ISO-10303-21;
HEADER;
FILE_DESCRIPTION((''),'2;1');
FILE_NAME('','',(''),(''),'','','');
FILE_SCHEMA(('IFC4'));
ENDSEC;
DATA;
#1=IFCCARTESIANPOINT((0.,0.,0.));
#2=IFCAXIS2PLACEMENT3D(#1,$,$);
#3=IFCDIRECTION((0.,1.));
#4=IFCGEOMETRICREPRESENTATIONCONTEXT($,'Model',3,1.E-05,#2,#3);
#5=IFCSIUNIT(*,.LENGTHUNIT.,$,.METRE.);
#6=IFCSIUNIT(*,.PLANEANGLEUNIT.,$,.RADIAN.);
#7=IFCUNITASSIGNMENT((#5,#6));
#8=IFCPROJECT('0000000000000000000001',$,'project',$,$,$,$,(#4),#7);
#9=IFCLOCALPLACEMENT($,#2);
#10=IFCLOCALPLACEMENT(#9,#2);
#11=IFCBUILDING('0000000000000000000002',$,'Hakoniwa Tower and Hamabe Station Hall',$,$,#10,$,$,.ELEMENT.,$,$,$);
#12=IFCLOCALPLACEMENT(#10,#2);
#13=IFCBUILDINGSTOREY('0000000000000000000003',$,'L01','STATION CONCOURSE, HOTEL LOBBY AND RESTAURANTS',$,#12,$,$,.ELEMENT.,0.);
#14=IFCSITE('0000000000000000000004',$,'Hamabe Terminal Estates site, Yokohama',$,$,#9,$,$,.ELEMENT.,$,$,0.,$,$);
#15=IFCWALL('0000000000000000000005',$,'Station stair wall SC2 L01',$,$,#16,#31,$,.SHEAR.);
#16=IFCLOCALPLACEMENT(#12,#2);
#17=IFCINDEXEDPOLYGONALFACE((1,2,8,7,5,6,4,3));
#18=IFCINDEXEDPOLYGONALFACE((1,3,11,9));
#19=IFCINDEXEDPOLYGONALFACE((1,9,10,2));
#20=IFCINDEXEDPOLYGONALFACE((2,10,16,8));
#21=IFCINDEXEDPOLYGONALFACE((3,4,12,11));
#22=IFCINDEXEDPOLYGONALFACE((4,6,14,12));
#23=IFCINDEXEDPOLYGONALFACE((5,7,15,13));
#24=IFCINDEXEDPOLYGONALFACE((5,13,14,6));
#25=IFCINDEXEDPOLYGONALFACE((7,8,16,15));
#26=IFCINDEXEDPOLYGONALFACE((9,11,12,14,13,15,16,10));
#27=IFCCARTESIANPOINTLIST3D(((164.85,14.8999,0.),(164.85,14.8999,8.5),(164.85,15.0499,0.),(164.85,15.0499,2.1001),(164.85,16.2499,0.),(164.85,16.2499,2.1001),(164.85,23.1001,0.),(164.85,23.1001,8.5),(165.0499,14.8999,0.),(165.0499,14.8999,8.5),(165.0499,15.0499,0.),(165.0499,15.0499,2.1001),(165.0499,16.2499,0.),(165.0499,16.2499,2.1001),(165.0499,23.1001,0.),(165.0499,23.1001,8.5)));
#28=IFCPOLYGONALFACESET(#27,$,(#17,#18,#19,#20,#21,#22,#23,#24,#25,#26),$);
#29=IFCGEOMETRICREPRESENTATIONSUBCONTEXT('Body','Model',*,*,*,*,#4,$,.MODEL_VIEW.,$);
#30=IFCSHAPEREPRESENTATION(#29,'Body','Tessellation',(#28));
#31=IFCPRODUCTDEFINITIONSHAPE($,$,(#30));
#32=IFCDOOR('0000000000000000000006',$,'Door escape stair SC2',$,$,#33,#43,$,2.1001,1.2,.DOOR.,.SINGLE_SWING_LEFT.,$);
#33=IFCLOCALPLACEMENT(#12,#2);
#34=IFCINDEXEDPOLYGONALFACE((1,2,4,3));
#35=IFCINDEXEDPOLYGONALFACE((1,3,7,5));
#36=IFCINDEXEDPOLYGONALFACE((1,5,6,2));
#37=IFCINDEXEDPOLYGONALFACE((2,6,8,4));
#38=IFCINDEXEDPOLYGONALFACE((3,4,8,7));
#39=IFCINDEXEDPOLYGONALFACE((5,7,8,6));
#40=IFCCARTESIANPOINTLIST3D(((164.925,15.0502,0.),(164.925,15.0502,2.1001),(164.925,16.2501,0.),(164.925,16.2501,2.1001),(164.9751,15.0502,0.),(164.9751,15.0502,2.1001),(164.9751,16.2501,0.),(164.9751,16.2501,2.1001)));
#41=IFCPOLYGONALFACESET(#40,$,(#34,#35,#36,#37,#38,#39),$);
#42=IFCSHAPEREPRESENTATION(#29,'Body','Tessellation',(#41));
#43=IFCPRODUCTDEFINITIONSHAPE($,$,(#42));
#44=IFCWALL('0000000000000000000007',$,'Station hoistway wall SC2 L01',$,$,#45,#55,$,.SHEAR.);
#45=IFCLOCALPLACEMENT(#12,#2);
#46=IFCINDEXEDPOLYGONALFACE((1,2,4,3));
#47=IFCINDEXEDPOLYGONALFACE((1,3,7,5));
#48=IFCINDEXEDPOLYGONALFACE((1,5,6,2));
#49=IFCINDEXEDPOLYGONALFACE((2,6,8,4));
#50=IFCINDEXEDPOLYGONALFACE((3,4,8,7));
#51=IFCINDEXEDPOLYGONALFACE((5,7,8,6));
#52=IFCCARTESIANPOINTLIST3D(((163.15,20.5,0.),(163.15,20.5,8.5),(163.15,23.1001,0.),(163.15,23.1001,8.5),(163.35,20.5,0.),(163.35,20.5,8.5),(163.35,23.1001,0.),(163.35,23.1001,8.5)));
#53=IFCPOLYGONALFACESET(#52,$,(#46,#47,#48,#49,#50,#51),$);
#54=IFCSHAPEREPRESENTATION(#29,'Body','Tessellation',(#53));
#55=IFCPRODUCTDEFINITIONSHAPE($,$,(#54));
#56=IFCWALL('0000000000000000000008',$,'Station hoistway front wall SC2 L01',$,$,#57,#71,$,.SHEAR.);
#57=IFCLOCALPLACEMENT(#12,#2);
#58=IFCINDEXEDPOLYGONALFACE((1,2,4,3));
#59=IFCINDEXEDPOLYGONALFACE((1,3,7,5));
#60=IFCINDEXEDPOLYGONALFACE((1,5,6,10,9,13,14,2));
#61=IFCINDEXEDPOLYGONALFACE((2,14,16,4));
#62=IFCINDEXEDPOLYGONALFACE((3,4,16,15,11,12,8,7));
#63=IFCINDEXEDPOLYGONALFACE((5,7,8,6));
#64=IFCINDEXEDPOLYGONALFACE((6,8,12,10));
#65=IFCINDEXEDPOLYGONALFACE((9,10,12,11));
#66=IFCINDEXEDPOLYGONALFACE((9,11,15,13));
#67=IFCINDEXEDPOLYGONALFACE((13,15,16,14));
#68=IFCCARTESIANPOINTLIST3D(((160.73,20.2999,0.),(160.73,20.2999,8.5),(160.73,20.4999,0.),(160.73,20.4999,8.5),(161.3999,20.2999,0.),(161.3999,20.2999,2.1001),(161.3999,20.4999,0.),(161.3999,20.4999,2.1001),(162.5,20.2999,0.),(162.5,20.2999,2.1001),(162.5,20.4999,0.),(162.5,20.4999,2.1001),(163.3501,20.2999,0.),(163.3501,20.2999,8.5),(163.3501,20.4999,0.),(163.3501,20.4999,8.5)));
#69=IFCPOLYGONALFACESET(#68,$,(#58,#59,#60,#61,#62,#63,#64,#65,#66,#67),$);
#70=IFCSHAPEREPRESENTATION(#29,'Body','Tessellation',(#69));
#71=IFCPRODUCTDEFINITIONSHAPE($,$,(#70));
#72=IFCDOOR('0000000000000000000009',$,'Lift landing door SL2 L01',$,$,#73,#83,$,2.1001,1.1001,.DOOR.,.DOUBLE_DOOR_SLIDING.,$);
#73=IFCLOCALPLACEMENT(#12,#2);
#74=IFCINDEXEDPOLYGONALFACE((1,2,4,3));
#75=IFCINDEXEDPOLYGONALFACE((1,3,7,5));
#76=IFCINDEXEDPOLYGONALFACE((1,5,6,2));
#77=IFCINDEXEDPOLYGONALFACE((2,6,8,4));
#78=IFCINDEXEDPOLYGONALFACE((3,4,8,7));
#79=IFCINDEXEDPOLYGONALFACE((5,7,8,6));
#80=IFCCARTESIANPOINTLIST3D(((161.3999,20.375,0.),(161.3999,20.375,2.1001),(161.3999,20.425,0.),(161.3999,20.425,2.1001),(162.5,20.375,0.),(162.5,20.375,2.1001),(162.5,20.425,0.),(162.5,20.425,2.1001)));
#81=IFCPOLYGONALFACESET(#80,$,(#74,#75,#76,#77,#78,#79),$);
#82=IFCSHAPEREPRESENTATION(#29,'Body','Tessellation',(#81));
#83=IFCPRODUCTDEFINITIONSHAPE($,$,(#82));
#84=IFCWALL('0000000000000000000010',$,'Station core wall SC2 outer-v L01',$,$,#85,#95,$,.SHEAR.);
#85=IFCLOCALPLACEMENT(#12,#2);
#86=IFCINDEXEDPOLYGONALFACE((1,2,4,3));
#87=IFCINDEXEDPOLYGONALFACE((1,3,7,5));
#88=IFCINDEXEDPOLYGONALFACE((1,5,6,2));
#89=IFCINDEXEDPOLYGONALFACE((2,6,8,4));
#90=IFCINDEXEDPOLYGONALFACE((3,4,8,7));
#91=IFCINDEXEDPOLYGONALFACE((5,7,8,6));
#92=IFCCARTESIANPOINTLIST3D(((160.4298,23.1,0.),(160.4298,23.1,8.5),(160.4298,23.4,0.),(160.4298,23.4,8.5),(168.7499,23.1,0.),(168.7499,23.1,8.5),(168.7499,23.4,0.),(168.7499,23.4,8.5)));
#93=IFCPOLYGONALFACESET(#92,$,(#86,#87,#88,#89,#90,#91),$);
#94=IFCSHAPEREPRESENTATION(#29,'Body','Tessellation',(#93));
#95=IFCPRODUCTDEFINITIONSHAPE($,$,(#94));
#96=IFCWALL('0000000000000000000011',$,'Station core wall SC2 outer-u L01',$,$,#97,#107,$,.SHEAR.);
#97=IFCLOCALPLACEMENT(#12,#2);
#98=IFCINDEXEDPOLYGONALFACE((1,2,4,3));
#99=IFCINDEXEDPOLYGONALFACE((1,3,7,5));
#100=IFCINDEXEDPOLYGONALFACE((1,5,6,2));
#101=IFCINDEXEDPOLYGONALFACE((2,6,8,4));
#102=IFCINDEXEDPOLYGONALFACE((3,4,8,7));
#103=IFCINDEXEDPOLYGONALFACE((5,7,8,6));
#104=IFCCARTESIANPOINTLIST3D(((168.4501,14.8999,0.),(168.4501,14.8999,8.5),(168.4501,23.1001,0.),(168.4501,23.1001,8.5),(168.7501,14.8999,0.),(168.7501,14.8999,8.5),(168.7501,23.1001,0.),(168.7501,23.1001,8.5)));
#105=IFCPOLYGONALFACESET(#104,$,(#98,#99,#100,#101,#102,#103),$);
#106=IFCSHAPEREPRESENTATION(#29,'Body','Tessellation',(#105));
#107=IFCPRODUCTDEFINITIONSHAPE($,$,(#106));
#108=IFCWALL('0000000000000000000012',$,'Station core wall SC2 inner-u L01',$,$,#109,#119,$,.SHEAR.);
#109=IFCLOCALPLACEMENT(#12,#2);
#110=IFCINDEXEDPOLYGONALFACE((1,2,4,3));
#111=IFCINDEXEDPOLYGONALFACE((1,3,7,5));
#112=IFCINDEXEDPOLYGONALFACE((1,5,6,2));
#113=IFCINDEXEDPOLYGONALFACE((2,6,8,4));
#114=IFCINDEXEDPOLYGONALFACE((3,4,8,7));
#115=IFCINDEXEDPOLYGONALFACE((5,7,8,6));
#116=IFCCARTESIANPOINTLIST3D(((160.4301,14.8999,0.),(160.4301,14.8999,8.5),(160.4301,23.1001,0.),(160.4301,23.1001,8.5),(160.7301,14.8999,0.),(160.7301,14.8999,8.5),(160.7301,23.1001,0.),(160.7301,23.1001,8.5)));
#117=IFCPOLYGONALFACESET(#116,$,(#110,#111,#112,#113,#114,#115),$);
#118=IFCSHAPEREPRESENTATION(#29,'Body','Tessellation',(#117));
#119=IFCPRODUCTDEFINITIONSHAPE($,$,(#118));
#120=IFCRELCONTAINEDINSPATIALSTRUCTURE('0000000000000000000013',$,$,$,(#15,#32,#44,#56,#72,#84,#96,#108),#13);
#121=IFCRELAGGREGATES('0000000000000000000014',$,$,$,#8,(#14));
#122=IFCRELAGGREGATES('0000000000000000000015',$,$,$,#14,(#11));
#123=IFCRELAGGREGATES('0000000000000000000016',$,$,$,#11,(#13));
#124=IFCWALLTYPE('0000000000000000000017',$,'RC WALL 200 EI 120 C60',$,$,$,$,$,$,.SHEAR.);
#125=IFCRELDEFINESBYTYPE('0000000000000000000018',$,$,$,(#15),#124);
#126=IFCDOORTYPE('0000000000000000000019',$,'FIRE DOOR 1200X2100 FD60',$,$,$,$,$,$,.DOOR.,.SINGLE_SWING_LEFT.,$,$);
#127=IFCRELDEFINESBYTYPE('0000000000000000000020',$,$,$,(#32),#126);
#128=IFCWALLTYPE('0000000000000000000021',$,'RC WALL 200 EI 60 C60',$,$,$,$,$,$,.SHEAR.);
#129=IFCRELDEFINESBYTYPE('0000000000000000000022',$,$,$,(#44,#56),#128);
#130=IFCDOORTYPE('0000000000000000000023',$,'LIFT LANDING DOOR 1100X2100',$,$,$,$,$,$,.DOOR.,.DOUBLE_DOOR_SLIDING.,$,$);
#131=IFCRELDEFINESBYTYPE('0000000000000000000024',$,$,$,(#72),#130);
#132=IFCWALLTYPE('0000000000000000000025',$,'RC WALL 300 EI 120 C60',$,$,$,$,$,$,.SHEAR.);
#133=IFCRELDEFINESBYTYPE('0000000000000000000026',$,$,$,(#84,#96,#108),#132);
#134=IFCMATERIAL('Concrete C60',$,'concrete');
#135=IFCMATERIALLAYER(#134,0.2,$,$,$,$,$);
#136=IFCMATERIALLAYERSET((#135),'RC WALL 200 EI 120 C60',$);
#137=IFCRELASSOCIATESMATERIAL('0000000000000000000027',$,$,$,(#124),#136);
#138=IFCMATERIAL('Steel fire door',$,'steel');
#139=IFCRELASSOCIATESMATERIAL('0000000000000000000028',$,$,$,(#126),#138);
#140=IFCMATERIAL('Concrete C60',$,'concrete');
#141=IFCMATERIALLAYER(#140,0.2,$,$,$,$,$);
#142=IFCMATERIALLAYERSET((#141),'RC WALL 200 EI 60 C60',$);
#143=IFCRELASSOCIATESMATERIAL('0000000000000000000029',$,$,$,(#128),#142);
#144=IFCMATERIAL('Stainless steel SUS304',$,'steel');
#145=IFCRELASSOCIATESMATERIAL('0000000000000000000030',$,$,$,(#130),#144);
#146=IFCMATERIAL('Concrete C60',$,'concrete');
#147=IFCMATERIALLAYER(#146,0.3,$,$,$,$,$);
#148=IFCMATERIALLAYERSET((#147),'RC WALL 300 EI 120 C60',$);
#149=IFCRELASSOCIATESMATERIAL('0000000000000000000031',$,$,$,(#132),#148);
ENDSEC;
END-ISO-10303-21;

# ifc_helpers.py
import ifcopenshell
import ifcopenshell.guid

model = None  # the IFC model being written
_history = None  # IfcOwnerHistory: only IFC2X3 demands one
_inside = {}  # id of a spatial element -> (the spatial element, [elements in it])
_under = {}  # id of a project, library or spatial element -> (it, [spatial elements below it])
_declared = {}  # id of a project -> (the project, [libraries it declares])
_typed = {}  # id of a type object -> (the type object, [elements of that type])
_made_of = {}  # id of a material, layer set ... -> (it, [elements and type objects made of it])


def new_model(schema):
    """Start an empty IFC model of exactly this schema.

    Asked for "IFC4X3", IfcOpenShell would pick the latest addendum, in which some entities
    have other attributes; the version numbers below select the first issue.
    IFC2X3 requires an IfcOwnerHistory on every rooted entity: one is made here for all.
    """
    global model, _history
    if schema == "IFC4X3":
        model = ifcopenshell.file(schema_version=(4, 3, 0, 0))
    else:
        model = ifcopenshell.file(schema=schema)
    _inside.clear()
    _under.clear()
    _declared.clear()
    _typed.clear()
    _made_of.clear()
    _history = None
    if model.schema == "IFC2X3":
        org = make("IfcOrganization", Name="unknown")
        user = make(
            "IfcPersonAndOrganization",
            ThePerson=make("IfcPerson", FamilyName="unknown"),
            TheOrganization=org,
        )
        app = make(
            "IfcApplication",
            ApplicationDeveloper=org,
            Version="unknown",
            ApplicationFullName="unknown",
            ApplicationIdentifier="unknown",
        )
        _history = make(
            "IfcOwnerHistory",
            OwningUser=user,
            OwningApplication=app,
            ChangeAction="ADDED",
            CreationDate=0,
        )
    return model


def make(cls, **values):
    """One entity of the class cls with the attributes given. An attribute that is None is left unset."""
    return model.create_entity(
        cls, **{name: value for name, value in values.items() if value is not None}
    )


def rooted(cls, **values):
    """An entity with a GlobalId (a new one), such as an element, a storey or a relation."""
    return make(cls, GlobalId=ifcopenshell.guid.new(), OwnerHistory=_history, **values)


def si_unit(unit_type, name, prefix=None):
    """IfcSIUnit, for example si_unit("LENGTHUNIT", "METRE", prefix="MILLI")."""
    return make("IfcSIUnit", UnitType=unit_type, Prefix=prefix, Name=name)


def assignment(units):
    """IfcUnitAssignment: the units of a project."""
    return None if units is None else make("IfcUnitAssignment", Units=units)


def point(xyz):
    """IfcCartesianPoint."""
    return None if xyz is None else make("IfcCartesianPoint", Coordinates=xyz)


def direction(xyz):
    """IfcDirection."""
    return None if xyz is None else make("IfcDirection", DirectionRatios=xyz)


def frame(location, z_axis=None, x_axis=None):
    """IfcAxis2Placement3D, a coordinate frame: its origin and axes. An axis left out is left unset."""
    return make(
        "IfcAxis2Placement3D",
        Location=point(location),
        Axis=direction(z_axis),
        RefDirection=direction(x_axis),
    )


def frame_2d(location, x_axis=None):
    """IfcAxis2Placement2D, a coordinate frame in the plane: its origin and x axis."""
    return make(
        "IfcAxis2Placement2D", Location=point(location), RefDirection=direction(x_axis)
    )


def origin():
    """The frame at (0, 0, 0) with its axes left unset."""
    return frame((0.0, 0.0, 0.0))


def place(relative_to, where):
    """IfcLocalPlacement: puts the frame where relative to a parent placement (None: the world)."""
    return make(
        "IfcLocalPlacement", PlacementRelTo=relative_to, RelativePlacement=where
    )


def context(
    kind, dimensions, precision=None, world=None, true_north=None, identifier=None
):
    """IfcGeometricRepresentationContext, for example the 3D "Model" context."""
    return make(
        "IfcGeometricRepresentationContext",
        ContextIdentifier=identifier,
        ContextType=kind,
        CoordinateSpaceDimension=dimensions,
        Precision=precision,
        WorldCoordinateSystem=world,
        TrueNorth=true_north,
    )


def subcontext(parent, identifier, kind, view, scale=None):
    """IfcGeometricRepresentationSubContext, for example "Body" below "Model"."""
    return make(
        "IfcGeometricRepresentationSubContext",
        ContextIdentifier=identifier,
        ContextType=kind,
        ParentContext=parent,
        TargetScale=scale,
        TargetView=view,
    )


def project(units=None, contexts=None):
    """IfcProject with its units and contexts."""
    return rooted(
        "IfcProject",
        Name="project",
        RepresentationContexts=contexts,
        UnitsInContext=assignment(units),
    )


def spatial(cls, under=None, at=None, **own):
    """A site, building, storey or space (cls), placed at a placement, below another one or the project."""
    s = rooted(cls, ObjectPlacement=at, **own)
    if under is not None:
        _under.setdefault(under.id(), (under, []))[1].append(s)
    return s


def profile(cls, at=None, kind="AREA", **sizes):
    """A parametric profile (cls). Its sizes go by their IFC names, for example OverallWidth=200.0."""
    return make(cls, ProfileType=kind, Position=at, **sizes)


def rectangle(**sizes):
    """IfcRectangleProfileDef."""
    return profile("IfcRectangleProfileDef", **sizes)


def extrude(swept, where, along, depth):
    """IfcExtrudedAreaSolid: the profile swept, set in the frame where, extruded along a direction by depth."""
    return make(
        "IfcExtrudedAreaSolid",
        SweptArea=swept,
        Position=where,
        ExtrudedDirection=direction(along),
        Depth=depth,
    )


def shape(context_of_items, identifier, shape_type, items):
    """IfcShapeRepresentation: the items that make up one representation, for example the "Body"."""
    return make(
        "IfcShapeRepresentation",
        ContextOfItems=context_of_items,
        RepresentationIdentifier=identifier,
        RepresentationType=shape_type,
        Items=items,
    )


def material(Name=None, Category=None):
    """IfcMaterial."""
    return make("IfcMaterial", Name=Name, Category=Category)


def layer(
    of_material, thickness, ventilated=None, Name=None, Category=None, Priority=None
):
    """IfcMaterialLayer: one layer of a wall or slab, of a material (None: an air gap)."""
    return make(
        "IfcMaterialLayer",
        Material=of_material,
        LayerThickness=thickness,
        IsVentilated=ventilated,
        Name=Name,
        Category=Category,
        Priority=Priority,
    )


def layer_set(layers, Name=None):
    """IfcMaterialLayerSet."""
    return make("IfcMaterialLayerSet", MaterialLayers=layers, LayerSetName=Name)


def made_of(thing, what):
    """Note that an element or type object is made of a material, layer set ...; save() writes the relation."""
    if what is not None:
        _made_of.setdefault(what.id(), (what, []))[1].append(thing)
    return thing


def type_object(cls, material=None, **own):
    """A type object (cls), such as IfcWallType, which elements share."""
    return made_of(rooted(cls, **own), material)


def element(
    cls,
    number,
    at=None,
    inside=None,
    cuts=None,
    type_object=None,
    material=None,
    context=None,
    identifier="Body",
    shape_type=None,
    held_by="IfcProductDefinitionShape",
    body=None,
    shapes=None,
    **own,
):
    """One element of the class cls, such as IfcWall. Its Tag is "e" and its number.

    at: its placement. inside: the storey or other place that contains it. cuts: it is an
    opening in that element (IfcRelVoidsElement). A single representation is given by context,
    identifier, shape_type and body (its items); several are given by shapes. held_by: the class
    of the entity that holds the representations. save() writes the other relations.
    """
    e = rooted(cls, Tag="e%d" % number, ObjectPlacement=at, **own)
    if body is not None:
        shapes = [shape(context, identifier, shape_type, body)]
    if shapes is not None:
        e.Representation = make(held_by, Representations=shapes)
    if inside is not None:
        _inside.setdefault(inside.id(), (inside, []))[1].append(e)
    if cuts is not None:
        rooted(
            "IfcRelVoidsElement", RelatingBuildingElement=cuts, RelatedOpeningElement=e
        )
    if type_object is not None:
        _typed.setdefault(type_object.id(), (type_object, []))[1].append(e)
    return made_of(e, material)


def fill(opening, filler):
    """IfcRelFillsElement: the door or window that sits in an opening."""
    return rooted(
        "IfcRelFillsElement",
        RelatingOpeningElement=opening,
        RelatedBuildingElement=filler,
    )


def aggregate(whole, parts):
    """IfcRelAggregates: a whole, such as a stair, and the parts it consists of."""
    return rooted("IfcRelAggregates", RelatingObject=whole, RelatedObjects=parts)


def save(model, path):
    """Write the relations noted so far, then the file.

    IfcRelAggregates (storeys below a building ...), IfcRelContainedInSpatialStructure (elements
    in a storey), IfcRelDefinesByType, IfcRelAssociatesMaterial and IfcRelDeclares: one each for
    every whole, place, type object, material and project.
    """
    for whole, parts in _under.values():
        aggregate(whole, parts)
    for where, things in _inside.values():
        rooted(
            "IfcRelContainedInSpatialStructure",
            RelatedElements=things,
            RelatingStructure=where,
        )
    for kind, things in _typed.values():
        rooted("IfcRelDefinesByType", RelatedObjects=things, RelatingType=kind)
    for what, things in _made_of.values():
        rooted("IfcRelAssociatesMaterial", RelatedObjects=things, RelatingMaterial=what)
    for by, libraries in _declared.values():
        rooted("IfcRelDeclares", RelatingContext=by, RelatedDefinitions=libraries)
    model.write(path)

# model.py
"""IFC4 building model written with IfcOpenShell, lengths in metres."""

from ifc_helpers import new_model, si_unit, direction, frame, frame_2d, origin, place, context, subcontext, project, spatial, rectangle, extrude, material, layer, layer_set, type_object, element, fill, save


model = new_model("IFC4")

# Units and contexts
model_context = context("Model", 3, precision=1e-05, world=origin(), true_north=direction((0.0, 1.0)))
body_context = subcontext(model_context, "Body", "Model", "MODEL_VIEW")
ifc_project = project(units=[si_unit("LENGTHUNIT", "METRE"), si_unit("PLANEANGLEUNIT", "RADIAN")], contexts=[model_context])

# Site, building, storey
site_placement = place(None, origin())
site = spatial("IfcSite", under=ifc_project, at=site_placement, Name="Hamabe Terminal Estates site, Yokohama", CompositionType="ELEMENT", RefElevation=0.0)
building_placement = place(site_placement, origin())
building = spatial("IfcBuilding", under=site, at=building_placement, Name="Hakoniwa Tower and Hamabe Station Hall", CompositionType="ELEMENT")
storey_placement = place(building_placement, origin())
storey = spatial("IfcBuildingStorey", under=building, at=storey_placement, Name="L01", Description="STATION CONCOURSE, HOTEL LOBBY AND RESTAURANTS", CompositionType="ELEMENT", Elevation=0.0)

# Wall, opening, door
ifc_material_1 = material(Name="Concrete C60", Category="concrete")
ifc_layer_1 = layer(ifc_material_1, 0.2)
ifc_layer_set_1 = layer_set([ifc_layer_1], Name="RC WALL 200 EI 120 C60")
wall_type_1 = type_object("IfcWallType", Name="RC WALL 200 EI 120 C60", PredefinedType="SHEAR", material=ifc_layer_set_1)
wall_1_placement = place(storey_placement, frame((164.95, 23.1001, 0.0), z_axis=(0.0, 0.0, 1.0), x_axis=(0.0, -1.0, 0.0)))
wall_1 = element("IfcWall", 1, at=wall_1_placement, inside=storey, type_object=wall_type_1, Name="Station stair wall SC2 L01", PredefinedType="SHEAR", context=body_context, shape_type="SweptSolid", body=[
    extrude(rectangle(XDim=8.2002, YDim=0.2, at=frame_2d((4.1001, 0.0))), origin(), (0.0, 0.0, 1.0), 8.5),
])
opening_1_placement = place(wall_1_placement, frame((6.8501, 0.0, 0.0)))
opening_1 = element("IfcOpeningElement", 2, at=opening_1_placement, cuts=wall_1, PredefinedType="OPENING", context=body_context, shape_type="SweptSolid", body=[
    extrude(rectangle(XDim=1.2, YDim=2.1001, at=frame_2d((0.6001, 1.05))), frame((0.0, 0.1099, 0.0), z_axis=(0.0, -1.0, 0.0), x_axis=(1.0, 0.0, 0.0)), (0.0, 0.0, 1.0), 0.22),
])
ifc_material_2 = material(Name="Steel fire door", Category="steel")
door_type_1 = type_object("IfcDoorType", Name="FIRE DOOR 1200X2100 FD60", OperationType="SINGLE_SWING_LEFT", PredefinedType="DOOR", material=ifc_material_2)
door_1_placement = place(opening_1_placement, frame((1.2, 0.0, 0.0), z_axis=(0.0, 0.0, 1.0), x_axis=(-1.0, 0.0, 0.0)))
door_1 = element("IfcDoor", 3, at=door_1_placement, inside=storey, type_object=door_type_1, Name="Door escape stair SC2", OperationType="SINGLE_SWING_LEFT", OverallHeight=2.1001, OverallWidth=1.2, PredefinedType="DOOR", context=body_context, shape_type="SweptSolid", body=[
    extrude(rectangle(XDim=1.2, YDim=2.1001, at=frame_2d((0.6001, 1.05))), frame((0.0, 0.0249, 0.0), z_axis=(0.0, -1.0, 0.0), x_axis=(1.0, 0.0, 0.0)), (0.0, 0.0, 1.0), 0.05),
])
fill(opening_1, door_1)

# Wall
ifc_material_3 = material(Name="Concrete C60", Category="concrete")
ifc_layer_2 = layer(ifc_material_3, 0.2)
ifc_layer_set_2 = layer_set([ifc_layer_2], Name="RC WALL 200 EI 60 C60")
wall_type_2 = type_object("IfcWallType", Name="RC WALL 200 EI 60 C60", PredefinedType="SHEAR", material=ifc_layer_set_2)
wall_2_placement = place(storey_placement, frame((163.25, 23.1001, 0.0), z_axis=(0.0, 0.0, 1.0), x_axis=(0.0, -1.0, 0.0)))
element("IfcWall", 4, at=wall_2_placement, inside=storey, type_object=wall_type_2, Name="Station hoistway wall SC2 L01", PredefinedType="SHEAR", context=body_context, shape_type="SweptSolid", body=[
    extrude(rectangle(XDim=2.6001, YDim=0.2, at=frame_2d((1.3, 0.0))), origin(), (0.0, 0.0, 1.0), 8.5),
])

# Wall, opening, door
wall_3_placement = place(storey_placement, frame((163.3501, 20.3999, 0.0), z_axis=(0.0, 0.0, 1.0), x_axis=(-1.0, 0.0, 0.0)))
wall_3 = element("IfcWall", 5, at=wall_3_placement, inside=storey, type_object=wall_type_2, Name="Station hoistway front wall SC2 L01", PredefinedType="SHEAR", context=body_context, shape_type="SweptSolid", body=[
    extrude(rectangle(XDim=2.6201, YDim=0.2, at=frame_2d((1.3101, 0.0))), origin(), (0.0, 0.0, 1.0), 8.5),
])
opening_2_placement = place(wall_3_placement, frame((0.8501, 0.0, 0.0)))
opening_2 = element("IfcOpeningElement", 6, at=opening_2_placement, cuts=wall_3, PredefinedType="OPENING", context=body_context, shape_type="SweptSolid", body=[
    extrude(rectangle(XDim=1.1001, YDim=2.1001, at=frame_2d((0.55, 1.05))), frame((0.0, 0.1099, 0.0), z_axis=(0.0, -1.0, 0.0), x_axis=(1.0, 0.0, 0.0)), (0.0, 0.0, 1.0), 0.22),
])
ifc_material_4 = material(Name="Stainless steel SUS304", Category="steel")
door_type_2 = type_object("IfcDoorType", Name="LIFT LANDING DOOR 1100X2100", OperationType="DOUBLE_DOOR_SLIDING", PredefinedType="DOOR", material=ifc_material_4)
door_2_placement = place(opening_2_placement, origin())
door_2 = element("IfcDoor", 7, at=door_2_placement, inside=storey, type_object=door_type_2, Name="Lift landing door SL2 L01", OperationType="DOUBLE_DOOR_SLIDING", OverallHeight=2.1001, OverallWidth=1.1001, PredefinedType="DOOR", context=body_context, shape_type="SweptSolid", body=[
    extrude(rectangle(XDim=1.1001, YDim=2.1001, at=frame_2d((0.55, 1.05))), frame((0.0, 0.0249, 0.0), z_axis=(0.0, -1.0, 0.0), x_axis=(1.0, 0.0, 0.0)), (0.0, 0.0, 1.0), 0.05),
])
fill(opening_2, door_2)

# Walls
ifc_material_5 = material(Name="Concrete C60", Category="concrete")
ifc_layer_3 = layer(ifc_material_5, 0.3)
ifc_layer_set_3 = layer_set([ifc_layer_3], Name="RC WALL 300 EI 120 C60")
wall_type_3 = type_object("IfcWallType", Name="RC WALL 300 EI 120 C60", PredefinedType="SHEAR", material=ifc_layer_set_3)
wall_4_placement = place(storey_placement, frame((168.75, 23.25, 0.0), z_axis=(0.0, 0.0, 1.0), x_axis=(-1.0, 0.0, 0.0)))
element("IfcWall", 8, at=wall_4_placement, inside=storey, type_object=wall_type_3, Name="Station core wall SC2 outer-v L01", PredefinedType="SHEAR", context=body_context, shape_type="SweptSolid", body=[
    extrude(rectangle(XDim=8.3201, YDim=0.3, at=frame_2d((4.1602, 0.0))), origin(), (0.0, 0.0, 1.0), 8.5),
])
for number, where, z_axis, x_axis, name in (
    (9, (168.6001, 23.1001, 0.0), (0.0, 0.0, 1.0), (0.0, -1.0, 0.0), "Station core wall SC2 outer-u L01"),
    (10, (160.5801, 23.1001, 0.0), (0.0, 0.0, 1.0), (0.0, -1.0, 0.0), "Station core wall SC2 inner-u L01"),
):
    element("IfcWall", number, at=place(storey_placement, frame(where, z_axis=z_axis, x_axis=x_axis)), inside=storey, type_object=wall_type_3, Name=name, PredefinedType="SHEAR", context=body_context, shape_type="SweptSolid", body=[
        extrude(rectangle(XDim=8.2002, YDim=0.3, at=frame_2d((4.1001, 0.0))), origin(), (0.0, 0.0, 1.0), 8.5),
    ])

save(model, "model.ifc")
